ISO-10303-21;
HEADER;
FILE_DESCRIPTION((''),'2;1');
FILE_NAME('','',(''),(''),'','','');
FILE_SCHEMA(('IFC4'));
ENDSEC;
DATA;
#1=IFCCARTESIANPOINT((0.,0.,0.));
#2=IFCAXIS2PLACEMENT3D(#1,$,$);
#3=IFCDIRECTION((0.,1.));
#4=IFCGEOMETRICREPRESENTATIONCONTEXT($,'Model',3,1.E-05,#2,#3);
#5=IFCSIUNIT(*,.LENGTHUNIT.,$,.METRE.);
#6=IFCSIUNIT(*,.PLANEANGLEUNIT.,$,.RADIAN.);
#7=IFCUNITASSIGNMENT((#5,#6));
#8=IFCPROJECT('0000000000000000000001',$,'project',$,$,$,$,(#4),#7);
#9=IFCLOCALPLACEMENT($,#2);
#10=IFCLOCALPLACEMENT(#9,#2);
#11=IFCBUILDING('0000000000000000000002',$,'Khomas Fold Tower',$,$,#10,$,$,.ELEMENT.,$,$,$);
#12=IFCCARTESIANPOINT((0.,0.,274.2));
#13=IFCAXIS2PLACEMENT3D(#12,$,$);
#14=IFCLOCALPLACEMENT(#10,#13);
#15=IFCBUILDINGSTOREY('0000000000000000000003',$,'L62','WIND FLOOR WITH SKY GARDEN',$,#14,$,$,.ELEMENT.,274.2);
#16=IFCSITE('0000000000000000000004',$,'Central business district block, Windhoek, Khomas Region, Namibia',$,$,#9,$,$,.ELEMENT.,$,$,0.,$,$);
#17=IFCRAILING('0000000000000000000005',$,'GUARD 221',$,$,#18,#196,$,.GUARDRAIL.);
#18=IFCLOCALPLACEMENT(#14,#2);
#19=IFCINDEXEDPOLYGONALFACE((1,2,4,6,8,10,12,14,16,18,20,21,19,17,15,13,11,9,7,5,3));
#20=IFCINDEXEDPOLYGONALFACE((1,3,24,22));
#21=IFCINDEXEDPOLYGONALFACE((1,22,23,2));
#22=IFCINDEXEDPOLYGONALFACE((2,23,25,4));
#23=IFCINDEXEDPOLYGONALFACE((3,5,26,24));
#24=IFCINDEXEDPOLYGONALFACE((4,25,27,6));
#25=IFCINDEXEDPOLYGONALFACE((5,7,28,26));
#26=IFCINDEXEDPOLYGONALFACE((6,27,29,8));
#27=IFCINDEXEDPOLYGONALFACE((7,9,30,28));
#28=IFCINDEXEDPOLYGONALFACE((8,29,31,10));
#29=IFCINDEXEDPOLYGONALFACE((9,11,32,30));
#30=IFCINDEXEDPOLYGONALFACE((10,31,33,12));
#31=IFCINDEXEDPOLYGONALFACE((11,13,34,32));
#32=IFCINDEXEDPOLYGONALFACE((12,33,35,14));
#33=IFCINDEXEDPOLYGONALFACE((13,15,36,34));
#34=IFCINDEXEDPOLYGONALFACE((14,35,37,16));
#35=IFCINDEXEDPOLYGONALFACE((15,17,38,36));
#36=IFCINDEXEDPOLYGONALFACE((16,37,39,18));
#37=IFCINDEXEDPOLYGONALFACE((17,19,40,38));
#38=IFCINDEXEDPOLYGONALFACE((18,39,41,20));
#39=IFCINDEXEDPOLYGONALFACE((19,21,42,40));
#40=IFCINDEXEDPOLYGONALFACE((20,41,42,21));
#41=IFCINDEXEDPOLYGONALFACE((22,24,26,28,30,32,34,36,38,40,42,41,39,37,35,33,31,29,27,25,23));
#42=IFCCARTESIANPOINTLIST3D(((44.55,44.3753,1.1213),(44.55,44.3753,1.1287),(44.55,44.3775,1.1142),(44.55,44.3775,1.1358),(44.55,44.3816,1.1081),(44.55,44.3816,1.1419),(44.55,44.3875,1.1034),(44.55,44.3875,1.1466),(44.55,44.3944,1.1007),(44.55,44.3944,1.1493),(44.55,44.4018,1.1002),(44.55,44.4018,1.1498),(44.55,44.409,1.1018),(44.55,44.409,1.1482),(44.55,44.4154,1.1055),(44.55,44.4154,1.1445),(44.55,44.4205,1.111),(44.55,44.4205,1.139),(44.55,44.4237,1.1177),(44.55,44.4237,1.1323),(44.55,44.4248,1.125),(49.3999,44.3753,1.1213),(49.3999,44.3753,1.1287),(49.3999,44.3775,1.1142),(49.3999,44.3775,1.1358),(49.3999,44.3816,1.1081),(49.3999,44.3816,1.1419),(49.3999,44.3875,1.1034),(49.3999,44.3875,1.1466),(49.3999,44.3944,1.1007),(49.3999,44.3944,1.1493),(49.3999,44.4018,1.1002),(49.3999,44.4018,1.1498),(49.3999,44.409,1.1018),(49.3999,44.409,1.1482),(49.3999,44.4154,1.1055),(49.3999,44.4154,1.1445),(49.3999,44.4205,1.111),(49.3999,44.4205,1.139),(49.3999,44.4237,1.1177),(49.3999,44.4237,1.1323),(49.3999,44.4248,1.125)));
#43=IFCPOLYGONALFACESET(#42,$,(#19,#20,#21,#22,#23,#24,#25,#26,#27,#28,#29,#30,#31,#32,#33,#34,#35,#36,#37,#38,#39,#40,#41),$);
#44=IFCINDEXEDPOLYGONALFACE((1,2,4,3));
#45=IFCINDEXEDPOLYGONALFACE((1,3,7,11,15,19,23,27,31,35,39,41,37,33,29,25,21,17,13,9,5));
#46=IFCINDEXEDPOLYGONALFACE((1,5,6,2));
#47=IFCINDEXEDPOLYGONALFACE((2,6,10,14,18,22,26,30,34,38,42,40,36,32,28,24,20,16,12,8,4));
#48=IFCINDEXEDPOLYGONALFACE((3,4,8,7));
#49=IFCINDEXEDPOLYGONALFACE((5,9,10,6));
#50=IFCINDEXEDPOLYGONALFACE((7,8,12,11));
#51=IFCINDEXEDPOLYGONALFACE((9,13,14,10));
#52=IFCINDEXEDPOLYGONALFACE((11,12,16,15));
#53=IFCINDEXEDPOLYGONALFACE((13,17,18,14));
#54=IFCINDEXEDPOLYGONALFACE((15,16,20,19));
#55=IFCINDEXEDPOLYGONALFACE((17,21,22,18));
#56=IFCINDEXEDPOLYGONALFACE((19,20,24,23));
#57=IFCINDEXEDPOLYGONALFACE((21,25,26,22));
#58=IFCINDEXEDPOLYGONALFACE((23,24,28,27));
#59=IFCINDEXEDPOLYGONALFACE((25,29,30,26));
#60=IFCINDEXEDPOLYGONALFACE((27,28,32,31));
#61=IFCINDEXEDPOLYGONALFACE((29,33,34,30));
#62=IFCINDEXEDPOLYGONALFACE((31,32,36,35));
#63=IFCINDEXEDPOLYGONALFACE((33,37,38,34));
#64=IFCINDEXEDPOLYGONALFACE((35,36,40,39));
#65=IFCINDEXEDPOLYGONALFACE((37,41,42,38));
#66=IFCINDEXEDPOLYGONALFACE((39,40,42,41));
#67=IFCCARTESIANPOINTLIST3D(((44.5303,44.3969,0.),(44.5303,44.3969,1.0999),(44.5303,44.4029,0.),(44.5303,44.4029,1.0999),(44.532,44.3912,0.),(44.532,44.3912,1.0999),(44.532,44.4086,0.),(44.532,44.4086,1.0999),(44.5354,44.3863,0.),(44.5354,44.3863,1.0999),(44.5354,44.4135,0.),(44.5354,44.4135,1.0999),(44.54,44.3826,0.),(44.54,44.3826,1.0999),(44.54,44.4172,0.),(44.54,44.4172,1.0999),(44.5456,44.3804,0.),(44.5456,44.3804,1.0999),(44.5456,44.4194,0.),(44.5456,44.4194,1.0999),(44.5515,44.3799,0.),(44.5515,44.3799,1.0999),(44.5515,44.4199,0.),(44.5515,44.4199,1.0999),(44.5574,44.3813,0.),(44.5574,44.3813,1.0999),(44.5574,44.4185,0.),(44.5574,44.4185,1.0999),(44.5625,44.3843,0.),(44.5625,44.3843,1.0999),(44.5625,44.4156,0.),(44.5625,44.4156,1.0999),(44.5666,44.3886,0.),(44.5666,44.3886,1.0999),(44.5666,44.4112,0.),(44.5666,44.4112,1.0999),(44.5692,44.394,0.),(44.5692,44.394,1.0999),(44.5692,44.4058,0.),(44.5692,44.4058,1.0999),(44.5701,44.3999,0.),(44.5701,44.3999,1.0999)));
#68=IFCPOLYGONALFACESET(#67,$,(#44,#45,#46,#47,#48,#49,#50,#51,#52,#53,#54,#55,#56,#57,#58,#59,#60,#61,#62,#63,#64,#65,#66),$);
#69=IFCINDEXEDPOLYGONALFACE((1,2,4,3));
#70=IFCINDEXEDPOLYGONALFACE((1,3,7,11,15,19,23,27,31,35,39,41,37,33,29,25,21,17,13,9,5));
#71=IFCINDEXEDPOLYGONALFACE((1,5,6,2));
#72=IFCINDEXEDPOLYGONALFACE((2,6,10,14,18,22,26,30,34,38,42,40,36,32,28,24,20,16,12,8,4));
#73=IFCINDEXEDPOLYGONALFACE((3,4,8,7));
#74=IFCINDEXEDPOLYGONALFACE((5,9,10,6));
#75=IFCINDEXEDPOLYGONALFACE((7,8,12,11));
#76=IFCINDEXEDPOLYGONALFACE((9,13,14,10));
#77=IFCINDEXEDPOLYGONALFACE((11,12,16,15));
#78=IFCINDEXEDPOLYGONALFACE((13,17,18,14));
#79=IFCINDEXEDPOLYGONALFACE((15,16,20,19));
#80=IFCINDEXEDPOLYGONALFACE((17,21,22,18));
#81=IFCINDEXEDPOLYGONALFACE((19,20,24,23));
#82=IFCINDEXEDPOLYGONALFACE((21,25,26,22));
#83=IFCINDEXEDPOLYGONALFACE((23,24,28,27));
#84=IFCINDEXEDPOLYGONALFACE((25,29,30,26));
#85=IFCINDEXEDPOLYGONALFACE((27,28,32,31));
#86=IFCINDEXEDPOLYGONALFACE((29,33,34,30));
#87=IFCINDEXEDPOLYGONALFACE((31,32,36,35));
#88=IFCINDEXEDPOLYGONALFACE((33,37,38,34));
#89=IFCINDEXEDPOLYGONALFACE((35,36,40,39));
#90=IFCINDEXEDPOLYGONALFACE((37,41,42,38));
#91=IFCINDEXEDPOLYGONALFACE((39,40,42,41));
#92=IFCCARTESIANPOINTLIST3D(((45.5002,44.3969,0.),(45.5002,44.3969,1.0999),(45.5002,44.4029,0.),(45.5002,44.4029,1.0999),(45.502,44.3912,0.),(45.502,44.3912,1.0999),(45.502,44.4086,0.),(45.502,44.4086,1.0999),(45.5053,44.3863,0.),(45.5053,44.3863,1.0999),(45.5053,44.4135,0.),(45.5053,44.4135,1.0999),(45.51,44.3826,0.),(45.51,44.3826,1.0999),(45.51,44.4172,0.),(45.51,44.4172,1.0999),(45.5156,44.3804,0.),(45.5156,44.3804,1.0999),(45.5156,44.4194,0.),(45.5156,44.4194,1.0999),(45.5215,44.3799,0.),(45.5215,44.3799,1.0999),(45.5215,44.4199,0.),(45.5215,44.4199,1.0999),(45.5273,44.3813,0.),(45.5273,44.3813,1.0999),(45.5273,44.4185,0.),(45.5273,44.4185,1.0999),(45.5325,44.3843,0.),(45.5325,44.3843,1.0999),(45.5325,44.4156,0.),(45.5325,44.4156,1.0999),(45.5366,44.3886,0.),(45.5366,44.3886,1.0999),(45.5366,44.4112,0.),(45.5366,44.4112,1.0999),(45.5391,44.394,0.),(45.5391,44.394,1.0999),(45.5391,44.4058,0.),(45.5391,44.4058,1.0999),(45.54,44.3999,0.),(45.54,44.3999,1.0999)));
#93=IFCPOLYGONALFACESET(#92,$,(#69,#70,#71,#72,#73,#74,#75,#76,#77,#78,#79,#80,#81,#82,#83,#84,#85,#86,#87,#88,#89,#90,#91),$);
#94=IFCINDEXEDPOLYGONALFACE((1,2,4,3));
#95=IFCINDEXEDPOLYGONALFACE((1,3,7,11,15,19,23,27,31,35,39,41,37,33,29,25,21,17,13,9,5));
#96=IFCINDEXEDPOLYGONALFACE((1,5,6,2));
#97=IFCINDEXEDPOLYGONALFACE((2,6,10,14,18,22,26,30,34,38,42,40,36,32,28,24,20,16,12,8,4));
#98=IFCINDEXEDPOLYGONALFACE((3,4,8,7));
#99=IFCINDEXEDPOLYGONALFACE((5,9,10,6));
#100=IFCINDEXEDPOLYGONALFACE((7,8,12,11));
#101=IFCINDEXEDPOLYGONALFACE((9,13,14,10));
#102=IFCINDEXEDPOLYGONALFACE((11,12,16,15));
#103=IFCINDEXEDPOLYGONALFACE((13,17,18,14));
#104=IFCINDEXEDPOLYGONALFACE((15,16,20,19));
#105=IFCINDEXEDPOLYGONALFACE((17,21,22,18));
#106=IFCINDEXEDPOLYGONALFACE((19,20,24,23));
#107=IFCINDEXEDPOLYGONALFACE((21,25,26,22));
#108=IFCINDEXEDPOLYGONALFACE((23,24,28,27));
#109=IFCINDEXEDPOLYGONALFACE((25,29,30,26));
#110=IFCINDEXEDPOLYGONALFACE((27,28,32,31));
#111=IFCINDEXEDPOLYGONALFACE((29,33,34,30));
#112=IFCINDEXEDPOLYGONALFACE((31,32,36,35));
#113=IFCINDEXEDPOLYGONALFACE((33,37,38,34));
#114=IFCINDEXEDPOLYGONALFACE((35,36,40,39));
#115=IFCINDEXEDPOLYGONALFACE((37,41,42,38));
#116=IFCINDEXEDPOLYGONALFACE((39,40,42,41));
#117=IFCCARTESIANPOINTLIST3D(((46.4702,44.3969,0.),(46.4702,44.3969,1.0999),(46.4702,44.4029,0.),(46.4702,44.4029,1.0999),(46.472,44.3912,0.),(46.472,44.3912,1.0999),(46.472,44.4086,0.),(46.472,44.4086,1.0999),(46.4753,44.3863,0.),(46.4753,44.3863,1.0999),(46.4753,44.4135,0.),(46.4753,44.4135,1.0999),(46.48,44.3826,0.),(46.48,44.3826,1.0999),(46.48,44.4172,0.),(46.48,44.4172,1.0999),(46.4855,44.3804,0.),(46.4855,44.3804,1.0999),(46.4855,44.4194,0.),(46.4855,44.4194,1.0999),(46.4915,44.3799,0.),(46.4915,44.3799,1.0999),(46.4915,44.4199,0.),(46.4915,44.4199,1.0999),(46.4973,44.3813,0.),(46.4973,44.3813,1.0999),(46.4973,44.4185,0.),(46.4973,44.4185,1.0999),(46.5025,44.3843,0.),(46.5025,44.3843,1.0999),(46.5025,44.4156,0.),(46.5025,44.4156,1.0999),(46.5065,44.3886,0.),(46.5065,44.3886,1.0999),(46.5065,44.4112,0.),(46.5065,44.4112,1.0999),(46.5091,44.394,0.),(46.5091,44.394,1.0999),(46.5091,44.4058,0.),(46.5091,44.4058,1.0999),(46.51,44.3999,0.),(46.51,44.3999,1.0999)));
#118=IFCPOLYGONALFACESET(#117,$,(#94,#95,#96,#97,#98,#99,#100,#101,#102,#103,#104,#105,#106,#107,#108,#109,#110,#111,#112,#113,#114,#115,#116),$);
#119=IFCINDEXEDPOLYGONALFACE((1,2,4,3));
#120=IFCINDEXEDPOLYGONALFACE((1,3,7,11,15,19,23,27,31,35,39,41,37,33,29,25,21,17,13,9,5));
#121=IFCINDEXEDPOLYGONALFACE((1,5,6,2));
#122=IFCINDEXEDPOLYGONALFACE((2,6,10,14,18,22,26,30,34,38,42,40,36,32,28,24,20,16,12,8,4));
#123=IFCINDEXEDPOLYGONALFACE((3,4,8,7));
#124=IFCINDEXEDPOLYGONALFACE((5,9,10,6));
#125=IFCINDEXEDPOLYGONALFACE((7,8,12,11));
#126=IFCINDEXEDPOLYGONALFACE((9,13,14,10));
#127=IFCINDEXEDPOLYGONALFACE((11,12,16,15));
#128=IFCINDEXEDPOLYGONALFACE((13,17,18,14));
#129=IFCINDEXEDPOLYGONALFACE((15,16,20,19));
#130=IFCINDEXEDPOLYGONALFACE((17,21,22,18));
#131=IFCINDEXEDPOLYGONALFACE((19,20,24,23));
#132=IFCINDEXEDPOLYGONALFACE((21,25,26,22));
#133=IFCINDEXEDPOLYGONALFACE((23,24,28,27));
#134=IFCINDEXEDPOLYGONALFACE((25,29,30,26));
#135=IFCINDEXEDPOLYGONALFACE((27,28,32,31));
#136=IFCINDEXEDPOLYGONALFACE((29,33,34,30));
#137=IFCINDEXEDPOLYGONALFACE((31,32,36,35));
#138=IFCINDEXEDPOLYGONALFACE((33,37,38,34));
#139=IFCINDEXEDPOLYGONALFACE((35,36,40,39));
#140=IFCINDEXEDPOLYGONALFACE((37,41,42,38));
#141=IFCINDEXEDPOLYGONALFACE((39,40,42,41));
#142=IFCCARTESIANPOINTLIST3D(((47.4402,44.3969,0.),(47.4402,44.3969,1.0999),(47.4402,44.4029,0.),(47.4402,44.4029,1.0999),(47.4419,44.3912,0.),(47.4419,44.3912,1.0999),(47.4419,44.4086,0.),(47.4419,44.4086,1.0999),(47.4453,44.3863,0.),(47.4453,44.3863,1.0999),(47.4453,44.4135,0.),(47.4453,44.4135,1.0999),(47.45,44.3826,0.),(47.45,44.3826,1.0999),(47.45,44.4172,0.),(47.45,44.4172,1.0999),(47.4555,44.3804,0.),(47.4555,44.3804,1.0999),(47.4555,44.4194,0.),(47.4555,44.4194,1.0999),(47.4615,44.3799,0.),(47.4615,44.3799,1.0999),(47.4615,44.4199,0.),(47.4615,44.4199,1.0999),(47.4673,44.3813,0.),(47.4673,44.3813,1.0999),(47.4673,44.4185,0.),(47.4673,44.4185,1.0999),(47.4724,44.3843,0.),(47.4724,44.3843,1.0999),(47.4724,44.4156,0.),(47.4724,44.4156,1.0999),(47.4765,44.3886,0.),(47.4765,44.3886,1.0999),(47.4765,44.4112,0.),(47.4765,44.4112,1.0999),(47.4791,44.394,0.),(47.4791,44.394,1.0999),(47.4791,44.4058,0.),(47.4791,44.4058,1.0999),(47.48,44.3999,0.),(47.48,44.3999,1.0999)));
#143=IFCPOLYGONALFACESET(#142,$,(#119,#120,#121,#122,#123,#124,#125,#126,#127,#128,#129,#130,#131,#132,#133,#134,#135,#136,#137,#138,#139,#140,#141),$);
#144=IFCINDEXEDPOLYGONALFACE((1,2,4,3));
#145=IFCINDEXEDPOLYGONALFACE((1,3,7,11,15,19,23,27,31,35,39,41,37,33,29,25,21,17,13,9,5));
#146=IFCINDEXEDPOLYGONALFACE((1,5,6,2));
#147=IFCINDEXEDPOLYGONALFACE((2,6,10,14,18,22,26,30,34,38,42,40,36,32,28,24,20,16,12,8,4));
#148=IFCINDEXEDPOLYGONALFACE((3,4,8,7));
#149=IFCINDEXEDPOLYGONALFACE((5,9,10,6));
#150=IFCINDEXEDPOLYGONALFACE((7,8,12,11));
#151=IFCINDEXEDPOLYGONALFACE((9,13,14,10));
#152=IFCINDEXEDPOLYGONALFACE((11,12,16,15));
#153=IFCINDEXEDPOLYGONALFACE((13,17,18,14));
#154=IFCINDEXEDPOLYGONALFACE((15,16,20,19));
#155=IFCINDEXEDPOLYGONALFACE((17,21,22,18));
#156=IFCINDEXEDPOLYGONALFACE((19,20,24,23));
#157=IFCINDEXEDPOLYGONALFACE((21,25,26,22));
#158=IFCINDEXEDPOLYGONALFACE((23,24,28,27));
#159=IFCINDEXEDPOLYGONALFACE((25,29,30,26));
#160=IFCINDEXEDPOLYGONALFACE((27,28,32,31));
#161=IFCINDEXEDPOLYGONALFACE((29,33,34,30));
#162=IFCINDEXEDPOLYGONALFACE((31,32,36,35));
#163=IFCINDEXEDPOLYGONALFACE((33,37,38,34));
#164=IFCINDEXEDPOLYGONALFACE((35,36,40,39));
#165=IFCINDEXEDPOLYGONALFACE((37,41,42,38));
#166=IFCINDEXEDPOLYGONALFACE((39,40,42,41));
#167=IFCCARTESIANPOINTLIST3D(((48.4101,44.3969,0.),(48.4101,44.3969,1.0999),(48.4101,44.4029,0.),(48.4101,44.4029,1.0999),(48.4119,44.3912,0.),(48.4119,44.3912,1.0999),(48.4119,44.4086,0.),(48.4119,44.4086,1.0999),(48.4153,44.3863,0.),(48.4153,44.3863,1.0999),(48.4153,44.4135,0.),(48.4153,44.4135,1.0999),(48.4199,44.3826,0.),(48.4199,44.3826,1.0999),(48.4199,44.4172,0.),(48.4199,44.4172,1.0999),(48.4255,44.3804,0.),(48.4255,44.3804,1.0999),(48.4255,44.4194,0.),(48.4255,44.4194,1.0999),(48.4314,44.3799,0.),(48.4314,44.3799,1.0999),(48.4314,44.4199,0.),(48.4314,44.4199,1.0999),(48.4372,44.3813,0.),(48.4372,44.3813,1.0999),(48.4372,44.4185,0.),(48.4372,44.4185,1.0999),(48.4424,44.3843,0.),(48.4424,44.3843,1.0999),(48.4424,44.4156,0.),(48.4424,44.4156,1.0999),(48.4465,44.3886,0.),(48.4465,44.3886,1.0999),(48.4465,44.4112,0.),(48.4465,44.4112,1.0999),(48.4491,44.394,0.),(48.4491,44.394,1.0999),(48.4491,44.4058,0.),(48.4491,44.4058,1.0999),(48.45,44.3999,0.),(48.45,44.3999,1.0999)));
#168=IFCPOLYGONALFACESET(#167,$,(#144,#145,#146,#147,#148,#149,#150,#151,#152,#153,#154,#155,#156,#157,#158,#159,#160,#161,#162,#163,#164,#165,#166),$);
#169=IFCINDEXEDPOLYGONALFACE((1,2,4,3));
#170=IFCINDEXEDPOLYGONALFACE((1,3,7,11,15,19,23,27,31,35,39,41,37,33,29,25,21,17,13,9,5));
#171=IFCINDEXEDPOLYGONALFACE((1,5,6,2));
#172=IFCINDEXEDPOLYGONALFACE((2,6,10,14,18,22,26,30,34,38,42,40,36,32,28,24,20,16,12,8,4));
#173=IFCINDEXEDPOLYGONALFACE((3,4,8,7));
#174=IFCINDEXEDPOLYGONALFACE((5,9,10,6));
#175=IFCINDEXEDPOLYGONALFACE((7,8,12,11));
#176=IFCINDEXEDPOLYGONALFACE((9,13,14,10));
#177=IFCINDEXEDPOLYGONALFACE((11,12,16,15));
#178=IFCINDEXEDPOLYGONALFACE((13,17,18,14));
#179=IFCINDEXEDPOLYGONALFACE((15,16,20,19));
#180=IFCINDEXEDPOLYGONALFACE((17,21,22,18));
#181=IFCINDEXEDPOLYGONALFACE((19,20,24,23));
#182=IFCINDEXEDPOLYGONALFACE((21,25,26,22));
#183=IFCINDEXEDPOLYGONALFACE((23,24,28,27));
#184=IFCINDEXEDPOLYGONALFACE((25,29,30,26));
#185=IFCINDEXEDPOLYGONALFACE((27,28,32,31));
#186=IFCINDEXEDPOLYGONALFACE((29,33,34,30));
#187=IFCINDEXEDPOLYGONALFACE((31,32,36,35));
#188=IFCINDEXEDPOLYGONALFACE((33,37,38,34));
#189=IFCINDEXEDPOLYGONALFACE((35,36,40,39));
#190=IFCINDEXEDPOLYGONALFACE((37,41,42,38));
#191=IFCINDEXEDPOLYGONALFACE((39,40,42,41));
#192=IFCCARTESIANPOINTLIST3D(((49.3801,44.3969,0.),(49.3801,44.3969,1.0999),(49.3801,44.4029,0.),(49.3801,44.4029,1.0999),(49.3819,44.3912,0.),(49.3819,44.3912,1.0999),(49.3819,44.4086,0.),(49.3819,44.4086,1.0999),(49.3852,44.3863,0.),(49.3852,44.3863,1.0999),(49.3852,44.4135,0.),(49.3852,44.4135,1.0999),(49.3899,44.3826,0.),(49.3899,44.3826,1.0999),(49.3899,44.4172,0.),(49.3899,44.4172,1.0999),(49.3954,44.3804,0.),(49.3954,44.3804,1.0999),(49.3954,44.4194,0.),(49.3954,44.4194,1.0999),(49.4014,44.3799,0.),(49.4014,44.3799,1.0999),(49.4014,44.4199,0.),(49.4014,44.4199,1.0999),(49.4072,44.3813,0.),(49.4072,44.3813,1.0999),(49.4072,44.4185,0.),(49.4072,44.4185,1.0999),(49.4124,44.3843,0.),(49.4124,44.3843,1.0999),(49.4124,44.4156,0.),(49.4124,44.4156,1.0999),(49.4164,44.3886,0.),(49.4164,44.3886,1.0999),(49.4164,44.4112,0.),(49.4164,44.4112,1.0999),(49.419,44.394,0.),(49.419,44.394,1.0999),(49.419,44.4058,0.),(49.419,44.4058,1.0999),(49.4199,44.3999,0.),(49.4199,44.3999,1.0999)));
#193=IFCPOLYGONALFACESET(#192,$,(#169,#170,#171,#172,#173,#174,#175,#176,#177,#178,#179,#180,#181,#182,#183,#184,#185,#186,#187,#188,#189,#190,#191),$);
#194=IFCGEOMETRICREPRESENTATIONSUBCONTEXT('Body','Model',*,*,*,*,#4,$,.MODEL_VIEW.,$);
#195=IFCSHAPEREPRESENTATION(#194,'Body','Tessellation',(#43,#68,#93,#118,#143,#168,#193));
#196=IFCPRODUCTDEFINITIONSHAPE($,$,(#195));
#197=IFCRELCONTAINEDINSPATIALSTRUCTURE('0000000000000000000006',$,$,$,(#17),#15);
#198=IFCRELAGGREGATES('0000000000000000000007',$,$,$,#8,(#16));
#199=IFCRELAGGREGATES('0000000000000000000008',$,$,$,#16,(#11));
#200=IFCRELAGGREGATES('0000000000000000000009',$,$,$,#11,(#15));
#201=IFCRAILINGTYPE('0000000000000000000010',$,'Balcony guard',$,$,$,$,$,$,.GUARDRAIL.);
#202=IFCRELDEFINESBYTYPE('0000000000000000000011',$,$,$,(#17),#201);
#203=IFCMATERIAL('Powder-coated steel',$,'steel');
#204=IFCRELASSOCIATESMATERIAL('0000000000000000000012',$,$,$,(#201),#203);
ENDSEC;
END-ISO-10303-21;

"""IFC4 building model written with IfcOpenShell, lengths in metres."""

from ifc_helpers import new_model, si_unit, direction, frame, origin, origin_2d, place, context, subcontext, project, spatial, circle, extrude, source, transform, mapped, material, type_object, element, save


model = new_model("IFC4")

# Units and contexts
model_context = context("Model", 3, precision=1e-05, world=origin(), true_north=direction((0.0, 1.0)))
body_context = subcontext(model_context, "Body", "Model", "MODEL_VIEW")
ifc_project = project(units=[si_unit("LENGTHUNIT", "METRE"), si_unit("PLANEANGLEUNIT", "RADIAN")], contexts=[model_context])

# Site, building, storey
site_placement = place(None, origin())
site = spatial("IfcSite", under=ifc_project, at=site_placement, Name="Central business district block, Windhoek, Khomas Region, Namibia", CompositionType="ELEMENT", RefElevation=0.0)
building_placement = place(site_placement, origin())
building = spatial("IfcBuilding", under=site, at=building_placement, Name="Khomas Fold Tower", CompositionType="ELEMENT")
storey_placement = place(building_placement, frame((0.0, 0.0, 274.2)))
storey = spatial("IfcBuildingStorey", under=building, at=storey_placement, Name="L62", Description="WIND FLOOR WITH SKY GARDEN", CompositionType="ELEMENT", Elevation=274.2)

# Railing
ifc_material_1 = material(Name="Powder-coated steel", Category="steel")
railing_type = type_object("IfcRailingType", Name="Balcony guard", PredefinedType="GUARDRAIL", material=ifc_material_1)
shared_shape_1 = source(origin(), body_context, "Body", "SweptSolid", [
    extrude(circle(Radius=0.0249, at=origin_2d()), frame((0.0, 0.0, 1.125), z_axis=(1.0, 0.0, 0.0), x_axis=(0.0, 1.0, 0.0)), (0.0, 0.0, 1.0), 4.8499),
    extrude(circle(Radius=0.02, at=origin_2d()), origin(), (0.0, 0.0, 1.0), 1.0999),
    extrude(circle(Radius=0.02, at=origin_2d()), frame((0.97, 0.0, 0.0)), (0.0, 0.0, 1.0), 1.0999),
    extrude(circle(Radius=0.02, at=origin_2d()), frame((1.9399, 0.0, 0.0)), (0.0, 0.0, 1.0), 1.0999),
    extrude(circle(Radius=0.02, at=origin_2d()), frame((2.9099, 0.0, 0.0)), (0.0, 0.0, 1.0), 1.0999),
    extrude(circle(Radius=0.02, at=origin_2d()), frame((3.8799, 0.0, 0.0)), (0.0, 0.0, 1.0), 1.0999),
    extrude(circle(Radius=0.02, at=origin_2d()), frame((4.8499, 0.0, 0.0)), (0.0, 0.0, 1.0), 1.0999),
])
railing_1_placement = place(storey_placement, frame((44.55, 44.3999, 0.0)))
element("IfcRailing", 1, at=railing_1_placement, inside=storey, type_object=railing_type, Name="GUARD 221", PredefinedType="GUARDRAIL", context=body_context, shape_type="MappedRepresentation", body=[
    mapped(shared_shape_1, transform((0.0, 0.0, 0.0))),
])

save(model, "model.ifc")
